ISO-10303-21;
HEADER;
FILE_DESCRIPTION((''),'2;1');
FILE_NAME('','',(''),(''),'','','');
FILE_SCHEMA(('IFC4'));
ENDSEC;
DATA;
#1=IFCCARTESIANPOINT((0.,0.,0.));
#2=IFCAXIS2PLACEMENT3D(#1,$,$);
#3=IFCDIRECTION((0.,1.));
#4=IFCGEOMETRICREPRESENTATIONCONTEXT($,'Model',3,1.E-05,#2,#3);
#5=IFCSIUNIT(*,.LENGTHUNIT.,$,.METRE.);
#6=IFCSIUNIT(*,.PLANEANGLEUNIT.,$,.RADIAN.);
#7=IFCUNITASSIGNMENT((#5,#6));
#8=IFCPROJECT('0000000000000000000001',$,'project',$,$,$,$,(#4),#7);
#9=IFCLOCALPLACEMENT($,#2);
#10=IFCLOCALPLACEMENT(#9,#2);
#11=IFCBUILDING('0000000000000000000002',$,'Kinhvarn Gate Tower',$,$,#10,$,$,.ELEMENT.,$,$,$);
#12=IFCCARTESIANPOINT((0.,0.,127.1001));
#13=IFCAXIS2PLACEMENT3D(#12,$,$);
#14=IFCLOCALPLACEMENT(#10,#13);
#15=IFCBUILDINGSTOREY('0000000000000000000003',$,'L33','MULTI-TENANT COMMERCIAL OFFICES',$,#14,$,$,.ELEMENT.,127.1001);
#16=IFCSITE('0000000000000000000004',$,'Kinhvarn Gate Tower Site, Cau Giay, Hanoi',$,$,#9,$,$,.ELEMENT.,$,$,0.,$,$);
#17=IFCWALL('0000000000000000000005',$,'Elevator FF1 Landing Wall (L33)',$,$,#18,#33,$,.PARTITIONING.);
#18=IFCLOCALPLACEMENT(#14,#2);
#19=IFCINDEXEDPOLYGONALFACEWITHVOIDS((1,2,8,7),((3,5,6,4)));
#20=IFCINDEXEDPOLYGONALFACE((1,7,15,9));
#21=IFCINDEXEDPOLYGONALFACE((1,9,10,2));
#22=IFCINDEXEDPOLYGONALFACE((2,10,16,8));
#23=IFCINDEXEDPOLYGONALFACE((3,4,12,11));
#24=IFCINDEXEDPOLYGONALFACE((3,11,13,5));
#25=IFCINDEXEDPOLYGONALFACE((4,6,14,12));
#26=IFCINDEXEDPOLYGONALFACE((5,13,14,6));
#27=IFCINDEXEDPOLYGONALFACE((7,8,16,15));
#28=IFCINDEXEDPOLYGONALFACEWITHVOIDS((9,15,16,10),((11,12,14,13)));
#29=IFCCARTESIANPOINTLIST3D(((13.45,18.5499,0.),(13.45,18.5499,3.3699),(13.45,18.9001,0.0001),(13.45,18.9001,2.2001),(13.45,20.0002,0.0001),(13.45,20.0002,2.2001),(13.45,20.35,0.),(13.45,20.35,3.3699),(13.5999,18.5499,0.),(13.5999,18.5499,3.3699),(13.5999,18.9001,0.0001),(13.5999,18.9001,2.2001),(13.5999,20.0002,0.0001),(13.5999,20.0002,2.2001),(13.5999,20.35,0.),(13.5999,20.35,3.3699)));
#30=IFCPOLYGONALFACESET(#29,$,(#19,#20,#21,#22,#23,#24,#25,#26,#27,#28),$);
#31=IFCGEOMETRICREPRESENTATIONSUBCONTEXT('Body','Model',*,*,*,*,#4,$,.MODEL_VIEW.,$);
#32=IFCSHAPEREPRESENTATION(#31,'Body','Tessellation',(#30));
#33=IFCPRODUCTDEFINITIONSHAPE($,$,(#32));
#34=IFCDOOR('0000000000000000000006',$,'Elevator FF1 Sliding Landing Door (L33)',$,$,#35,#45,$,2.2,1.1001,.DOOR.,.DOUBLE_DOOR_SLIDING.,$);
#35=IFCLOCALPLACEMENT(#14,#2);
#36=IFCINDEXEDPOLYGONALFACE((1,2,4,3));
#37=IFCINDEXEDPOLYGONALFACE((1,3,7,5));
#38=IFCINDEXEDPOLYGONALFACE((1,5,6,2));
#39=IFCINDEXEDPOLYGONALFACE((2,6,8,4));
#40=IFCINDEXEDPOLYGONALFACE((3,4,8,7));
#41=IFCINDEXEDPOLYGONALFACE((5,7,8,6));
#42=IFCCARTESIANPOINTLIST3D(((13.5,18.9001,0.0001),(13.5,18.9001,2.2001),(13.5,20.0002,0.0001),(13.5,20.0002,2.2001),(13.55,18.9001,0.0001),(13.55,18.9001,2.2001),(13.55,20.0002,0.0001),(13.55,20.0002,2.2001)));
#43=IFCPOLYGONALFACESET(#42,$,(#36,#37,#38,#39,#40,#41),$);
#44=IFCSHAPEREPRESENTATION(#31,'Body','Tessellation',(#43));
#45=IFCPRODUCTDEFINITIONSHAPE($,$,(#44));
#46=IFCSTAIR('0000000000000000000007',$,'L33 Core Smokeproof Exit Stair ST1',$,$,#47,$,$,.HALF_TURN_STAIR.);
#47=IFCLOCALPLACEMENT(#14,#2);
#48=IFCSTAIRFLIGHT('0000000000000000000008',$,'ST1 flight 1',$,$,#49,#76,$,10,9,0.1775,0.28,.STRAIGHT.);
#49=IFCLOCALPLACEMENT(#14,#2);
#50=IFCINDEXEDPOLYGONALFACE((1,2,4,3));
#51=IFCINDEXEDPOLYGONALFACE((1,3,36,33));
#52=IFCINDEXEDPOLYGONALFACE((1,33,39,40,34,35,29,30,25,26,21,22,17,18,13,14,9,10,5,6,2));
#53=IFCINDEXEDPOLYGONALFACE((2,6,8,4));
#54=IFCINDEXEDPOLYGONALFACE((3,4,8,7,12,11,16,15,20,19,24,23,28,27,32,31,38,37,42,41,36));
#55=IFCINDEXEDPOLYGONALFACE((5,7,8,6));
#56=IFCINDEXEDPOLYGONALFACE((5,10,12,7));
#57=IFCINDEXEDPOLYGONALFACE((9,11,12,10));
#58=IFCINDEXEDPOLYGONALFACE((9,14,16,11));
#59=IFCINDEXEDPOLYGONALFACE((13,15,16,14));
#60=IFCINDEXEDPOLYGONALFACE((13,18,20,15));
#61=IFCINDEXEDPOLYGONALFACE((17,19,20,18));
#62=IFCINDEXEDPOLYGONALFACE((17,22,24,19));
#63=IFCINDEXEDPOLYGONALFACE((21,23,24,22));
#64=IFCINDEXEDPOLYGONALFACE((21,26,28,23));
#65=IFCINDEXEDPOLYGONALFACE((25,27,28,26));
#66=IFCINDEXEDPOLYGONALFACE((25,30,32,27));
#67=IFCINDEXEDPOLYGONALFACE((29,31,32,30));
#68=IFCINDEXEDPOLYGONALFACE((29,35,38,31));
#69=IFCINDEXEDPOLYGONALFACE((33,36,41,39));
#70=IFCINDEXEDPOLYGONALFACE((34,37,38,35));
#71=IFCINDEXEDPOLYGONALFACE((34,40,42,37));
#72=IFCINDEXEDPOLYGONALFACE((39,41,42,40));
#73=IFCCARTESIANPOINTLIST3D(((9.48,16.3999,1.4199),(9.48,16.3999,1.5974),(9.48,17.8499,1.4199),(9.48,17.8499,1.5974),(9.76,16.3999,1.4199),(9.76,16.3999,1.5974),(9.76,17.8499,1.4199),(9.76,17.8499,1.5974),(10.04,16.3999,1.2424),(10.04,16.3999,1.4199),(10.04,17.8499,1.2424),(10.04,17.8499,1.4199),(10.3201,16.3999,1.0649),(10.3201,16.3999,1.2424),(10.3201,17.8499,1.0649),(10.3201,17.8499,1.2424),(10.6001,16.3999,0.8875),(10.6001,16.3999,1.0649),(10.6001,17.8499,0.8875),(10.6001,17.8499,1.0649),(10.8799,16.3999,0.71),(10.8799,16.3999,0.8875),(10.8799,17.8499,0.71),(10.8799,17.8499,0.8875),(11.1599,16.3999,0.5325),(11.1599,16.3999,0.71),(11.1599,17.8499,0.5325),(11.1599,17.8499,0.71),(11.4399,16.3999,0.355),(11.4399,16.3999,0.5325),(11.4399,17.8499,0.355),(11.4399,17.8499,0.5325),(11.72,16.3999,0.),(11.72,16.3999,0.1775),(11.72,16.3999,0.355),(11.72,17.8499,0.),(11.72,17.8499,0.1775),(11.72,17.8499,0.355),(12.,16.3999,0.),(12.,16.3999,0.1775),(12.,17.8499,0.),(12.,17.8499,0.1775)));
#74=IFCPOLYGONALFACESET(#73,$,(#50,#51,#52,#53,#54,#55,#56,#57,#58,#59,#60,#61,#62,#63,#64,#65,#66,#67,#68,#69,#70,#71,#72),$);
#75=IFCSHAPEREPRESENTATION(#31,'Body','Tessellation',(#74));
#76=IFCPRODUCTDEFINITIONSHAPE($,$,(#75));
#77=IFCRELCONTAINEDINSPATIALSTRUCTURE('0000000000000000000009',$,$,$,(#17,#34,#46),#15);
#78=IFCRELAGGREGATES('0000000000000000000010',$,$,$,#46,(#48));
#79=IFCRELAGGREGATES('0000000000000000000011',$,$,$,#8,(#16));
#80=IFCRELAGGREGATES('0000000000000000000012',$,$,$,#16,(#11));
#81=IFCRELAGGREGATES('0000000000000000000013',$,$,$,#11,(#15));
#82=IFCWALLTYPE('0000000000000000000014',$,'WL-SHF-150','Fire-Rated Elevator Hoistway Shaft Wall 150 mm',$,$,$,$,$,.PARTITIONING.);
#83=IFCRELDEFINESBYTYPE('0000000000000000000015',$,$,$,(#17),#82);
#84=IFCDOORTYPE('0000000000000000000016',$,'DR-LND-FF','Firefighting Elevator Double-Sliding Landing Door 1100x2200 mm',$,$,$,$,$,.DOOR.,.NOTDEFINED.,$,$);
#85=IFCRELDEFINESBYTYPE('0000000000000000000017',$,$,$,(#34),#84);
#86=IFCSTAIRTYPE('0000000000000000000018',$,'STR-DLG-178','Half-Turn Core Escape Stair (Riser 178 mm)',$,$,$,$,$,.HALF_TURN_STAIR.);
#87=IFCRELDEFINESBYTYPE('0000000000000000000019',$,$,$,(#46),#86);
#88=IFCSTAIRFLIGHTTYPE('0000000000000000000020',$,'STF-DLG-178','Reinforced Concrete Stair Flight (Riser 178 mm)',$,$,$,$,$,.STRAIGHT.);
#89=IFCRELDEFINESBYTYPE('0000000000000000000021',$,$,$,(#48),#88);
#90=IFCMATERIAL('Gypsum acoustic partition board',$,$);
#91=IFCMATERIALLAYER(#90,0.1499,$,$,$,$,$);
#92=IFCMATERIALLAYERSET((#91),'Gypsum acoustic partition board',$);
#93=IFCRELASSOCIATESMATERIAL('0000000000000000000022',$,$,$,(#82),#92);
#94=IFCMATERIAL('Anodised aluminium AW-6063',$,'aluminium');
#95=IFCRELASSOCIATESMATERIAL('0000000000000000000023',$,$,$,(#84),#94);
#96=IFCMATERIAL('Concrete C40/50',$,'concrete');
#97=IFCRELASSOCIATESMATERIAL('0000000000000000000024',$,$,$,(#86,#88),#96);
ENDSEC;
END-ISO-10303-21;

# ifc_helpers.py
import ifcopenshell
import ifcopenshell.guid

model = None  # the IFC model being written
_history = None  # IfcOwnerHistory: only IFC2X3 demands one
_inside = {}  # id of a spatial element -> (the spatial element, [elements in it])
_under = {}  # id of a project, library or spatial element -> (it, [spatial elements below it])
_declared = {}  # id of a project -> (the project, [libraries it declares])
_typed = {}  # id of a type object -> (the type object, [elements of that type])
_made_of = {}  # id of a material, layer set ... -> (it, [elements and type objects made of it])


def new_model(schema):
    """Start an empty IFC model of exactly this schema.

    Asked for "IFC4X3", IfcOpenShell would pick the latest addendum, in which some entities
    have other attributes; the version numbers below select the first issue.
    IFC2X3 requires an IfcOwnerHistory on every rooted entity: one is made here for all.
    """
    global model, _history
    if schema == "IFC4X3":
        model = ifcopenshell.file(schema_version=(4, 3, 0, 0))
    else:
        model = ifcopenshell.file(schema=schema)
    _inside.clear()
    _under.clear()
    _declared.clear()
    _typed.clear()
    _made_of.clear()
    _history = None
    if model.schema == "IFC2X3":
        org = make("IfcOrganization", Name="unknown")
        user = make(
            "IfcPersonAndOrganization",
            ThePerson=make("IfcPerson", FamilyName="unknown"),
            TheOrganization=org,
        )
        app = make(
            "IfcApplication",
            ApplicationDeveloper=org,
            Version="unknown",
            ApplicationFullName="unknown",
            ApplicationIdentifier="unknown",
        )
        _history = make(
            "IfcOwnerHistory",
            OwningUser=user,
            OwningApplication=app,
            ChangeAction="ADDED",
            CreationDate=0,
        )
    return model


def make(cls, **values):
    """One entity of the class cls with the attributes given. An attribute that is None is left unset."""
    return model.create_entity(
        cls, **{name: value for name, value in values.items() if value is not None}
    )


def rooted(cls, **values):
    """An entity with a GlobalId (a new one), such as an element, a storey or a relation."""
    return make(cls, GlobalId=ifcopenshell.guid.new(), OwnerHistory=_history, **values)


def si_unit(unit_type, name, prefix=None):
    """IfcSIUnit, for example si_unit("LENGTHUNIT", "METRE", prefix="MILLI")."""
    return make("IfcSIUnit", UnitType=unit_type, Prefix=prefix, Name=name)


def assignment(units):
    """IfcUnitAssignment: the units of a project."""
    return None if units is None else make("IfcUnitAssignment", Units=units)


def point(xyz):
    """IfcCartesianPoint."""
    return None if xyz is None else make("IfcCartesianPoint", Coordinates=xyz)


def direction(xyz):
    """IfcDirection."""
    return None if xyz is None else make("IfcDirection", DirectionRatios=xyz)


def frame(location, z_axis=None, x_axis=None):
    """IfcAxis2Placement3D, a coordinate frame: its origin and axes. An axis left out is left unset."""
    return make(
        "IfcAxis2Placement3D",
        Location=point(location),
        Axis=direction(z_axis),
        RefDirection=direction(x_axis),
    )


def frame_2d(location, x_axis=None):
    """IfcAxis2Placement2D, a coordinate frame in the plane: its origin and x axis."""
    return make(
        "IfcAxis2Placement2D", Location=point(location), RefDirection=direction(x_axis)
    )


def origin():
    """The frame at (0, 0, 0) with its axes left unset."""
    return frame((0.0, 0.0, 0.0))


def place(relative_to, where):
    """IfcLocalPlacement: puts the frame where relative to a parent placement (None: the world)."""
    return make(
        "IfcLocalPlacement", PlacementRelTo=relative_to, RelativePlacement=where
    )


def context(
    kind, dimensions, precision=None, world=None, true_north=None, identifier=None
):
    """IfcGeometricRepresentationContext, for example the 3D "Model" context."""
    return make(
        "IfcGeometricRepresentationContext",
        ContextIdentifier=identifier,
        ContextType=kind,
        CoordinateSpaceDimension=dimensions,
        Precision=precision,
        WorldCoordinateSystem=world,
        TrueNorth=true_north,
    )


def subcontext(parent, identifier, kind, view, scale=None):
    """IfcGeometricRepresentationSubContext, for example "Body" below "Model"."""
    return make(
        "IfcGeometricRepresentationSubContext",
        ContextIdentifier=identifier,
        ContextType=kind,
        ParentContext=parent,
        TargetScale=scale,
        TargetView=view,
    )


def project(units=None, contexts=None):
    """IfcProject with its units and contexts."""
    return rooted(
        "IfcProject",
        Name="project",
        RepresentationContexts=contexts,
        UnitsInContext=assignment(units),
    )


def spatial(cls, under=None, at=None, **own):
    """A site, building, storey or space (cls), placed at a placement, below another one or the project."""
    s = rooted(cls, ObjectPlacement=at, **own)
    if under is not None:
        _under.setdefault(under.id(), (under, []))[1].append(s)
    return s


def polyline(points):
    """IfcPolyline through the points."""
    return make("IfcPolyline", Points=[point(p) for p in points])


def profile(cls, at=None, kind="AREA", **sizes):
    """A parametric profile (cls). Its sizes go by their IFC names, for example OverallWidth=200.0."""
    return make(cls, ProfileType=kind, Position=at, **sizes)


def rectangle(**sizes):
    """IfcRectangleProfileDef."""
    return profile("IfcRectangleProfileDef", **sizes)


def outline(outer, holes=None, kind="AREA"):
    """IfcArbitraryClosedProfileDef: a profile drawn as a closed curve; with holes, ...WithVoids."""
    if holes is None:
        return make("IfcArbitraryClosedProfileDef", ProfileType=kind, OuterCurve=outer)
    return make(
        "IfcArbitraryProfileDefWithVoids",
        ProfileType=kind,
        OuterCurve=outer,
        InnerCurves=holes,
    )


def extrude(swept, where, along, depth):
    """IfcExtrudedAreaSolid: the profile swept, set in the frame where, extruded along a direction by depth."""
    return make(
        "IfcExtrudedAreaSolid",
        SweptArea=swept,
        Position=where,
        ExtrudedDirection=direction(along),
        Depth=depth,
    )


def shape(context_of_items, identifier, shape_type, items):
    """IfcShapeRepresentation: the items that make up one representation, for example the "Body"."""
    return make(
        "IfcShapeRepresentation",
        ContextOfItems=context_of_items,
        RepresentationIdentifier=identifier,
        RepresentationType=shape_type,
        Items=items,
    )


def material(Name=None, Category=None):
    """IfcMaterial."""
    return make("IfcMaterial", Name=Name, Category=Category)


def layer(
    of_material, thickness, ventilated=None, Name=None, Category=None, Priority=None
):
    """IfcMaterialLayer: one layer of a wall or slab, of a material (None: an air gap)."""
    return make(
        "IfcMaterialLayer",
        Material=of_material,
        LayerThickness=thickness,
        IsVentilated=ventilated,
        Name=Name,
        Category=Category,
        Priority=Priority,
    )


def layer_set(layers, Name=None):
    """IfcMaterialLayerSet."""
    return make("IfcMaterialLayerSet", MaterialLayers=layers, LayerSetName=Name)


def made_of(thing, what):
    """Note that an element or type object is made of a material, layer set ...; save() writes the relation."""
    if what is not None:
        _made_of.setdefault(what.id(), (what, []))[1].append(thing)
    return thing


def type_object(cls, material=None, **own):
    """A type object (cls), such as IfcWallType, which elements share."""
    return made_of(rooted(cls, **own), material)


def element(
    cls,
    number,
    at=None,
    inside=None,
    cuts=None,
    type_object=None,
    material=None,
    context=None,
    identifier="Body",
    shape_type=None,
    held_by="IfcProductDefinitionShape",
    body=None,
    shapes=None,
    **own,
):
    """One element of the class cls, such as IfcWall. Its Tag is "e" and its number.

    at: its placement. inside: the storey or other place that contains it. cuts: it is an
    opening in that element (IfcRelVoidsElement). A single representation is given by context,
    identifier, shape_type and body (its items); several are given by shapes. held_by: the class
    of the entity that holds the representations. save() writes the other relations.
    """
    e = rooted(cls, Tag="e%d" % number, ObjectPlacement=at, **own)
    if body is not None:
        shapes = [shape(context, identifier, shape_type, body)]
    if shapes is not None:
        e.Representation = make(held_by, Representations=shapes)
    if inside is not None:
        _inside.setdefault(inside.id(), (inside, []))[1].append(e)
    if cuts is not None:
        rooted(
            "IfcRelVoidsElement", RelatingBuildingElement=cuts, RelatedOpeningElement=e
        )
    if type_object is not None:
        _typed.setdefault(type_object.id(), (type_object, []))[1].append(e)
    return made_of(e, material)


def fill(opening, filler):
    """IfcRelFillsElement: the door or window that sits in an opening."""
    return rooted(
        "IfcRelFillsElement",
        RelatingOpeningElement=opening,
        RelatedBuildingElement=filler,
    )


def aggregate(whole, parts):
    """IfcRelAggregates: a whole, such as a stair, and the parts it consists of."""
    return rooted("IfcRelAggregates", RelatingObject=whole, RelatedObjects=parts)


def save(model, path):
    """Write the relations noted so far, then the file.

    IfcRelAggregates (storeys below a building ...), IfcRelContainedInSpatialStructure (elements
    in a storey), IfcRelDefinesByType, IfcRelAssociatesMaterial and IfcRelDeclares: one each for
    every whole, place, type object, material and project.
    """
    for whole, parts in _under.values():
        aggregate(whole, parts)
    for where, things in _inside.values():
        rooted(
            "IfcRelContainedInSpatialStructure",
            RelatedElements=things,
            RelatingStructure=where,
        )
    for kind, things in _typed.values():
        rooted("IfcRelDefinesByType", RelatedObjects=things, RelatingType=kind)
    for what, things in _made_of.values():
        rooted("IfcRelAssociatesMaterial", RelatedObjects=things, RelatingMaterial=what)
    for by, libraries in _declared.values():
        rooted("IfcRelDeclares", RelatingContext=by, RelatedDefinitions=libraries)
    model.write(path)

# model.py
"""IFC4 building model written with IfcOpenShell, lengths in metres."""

from ifc_helpers import new_model, si_unit, direction, frame, frame_2d, origin, place, context, subcontext, project, spatial, polyline, rectangle, outline, extrude, material, layer, layer_set, type_object, element, fill, aggregate, save


model = new_model("IFC4")

# Units and contexts
model_context = context("Model", 3, precision=1e-05, world=origin(), true_north=direction((0.0, 1.0)))
body_context = subcontext(model_context, "Body", "Model", "MODEL_VIEW")
ifc_project = project(units=[si_unit("LENGTHUNIT", "METRE"), si_unit("PLANEANGLEUNIT", "RADIAN")], contexts=[model_context])

# Site, building, storey
site_placement = place(None, origin())
site = spatial("IfcSite", under=ifc_project, at=site_placement, Name="Kinhvarn Gate Tower Site, Cau Giay, Hanoi", CompositionType="ELEMENT", RefElevation=0.0)
building_placement = place(site_placement, origin())
building = spatial("IfcBuilding", under=site, at=building_placement, Name="Kinhvarn Gate Tower", CompositionType="ELEMENT")
storey_placement = place(building_placement, frame((0.0, 0.0, 127.1001)))
storey = spatial("IfcBuildingStorey", under=building, at=storey_placement, Name="L33", Description="MULTI-TENANT COMMERCIAL OFFICES", CompositionType="ELEMENT", Elevation=127.1001)

# Shared definitions
ifc_material_1 = material(Name="Anodised aluminium AW-6063", Category="aluminium")

# Shared definitions
ifc_material_2 = material(Name="Gypsum acoustic partition board")

# Wall, opening, door
ifc_layer_1 = layer(ifc_material_2, 0.1499)
ifc_layer_set_1 = layer_set([ifc_layer_1], Name="Gypsum acoustic partition board")
wall_type_1 = type_object("IfcWallType", Name="WL-SHF-150", Description="Fire-Rated Elevator Hoistway Shaft Wall 150 mm", PredefinedType="PARTITIONING", material=ifc_layer_set_1)
wall_1_placement = place(storey_placement, frame((13.5249, 18.55, 0.0), z_axis=(0.0, 0.0, 1.0), x_axis=(0.0, 1.0, 0.0)))
wall_1 = element("IfcWall", 1, at=wall_1_placement, inside=storey, type_object=wall_type_1, Name="Elevator FF1 Landing Wall (L33)", PredefinedType="PARTITIONING", context=body_context, shape_type="SweptSolid", body=[
    extrude(rectangle(XDim=1.8, YDim=0.1499, at=frame_2d((0.8999, 0.0))), origin(), (0.0, 0.0, 1.0), 3.3699),
])
opening_1_placement = place(wall_1_placement, frame((0.3501, 0.0, 0.0)))
opening_1 = element("IfcOpeningElement", 2, at=opening_1_placement, cuts=wall_1, PredefinedType="OPENING", context=body_context, shape_type="SweptSolid", body=[
    extrude(rectangle(XDim=1.1001, YDim=2.2, at=frame_2d((0.55, 1.1001))), frame((0.0, 0.085, 0.0), z_axis=(0.0, -1.0, 0.0), x_axis=(1.0, 0.0, 0.0)), (0.0, 0.0, 1.0), 0.1699),
])
door_type_1 = type_object("IfcDoorType", Name="DR-LND-FF", Description="Firefighting Elevator Double-Sliding Landing Door 1100x2200 mm", OperationType="NOTDEFINED", PredefinedType="DOOR", material=ifc_material_1)
door_1_placement = place(opening_1_placement, origin())
door_1 = element("IfcDoor", 3, at=door_1_placement, inside=storey, type_object=door_type_1, Name="Elevator FF1 Sliding Landing Door (L33)", OperationType="DOUBLE_DOOR_SLIDING", OverallHeight=2.2, OverallWidth=1.1001, PredefinedType="DOOR", context=body_context, shape_type="SweptSolid", body=[
    extrude(rectangle(XDim=1.1001, YDim=2.2, at=frame_2d((0.55, 1.1001))), frame((0.0, 0.0249, 0.0), z_axis=(0.0, -1.0, 0.0), x_axis=(1.0, 0.0, 0.0)), (0.0, 0.0, 1.0), 0.05),
])
fill(opening_1, door_1)
ifc_material_3 = material(Name="Concrete C40/50", Category="concrete")

# Stair, stair flight
stair_type = type_object("IfcStairType", Name="STR-DLG-178", Description="Half-Turn Core Escape Stair (Riser 178 mm)", PredefinedType="HALF_TURN_STAIR", material=ifc_material_3)
stair_placement = place(storey_placement, origin())
stair = element("IfcStair", 4, at=stair_placement, inside=storey, type_object=stair_type, Name="L33 Core Smokeproof Exit Stair ST1", PredefinedType="HALF_TURN_STAIR")
stair_flight_type = type_object("IfcStairFlightType", Name="STF-DLG-178", Description="Reinforced Concrete Stair Flight (Riser 178 mm)", PredefinedType="STRAIGHT", material=ifc_material_3)
stair_flight_placement = place(storey_placement, frame((12.0, 17.125, 0.0), z_axis=(0.0, 0.0, 1.0), x_axis=(-1.0, 0.0, 0.0)))
stair_flight = element("IfcStairFlight", 5, at=stair_flight_placement, type_object=stair_flight_type, Name="ST1 flight 1", NumberOfRisers=10, NumberOfTreads=9, PredefinedType="STRAIGHT", RiserHeight=0.1775, TreadLength=0.28, context=body_context, shape_type="SweptSolid", body=[
    extrude(outline(polyline([(0.0, 0.0), (0.0, 0.1775), (0.28, 0.1775), (0.28, 0.355), (0.5601, 0.355), (0.5601, 0.5325), (0.8401, 0.5325), (0.8401, 0.71), (1.1201, 0.71), (1.1201, 0.8875), (1.3999, 0.8875), (1.3999, 1.0649), (1.6799, 1.0649), (1.6799, 1.2424), (1.96, 1.2424), (1.96, 1.4199), (2.24, 1.4199), (2.24, 1.5974), (2.52, 1.5974), (2.52, 1.7749), (2.52, 1.4199), (0.28, 0.0), (0.0, 0.0)])), frame((0.0, 0.7251, 0.0), z_axis=(0.0, -1.0, 0.0), x_axis=(1.0, 0.0, 0.0)), (0.0, 0.0, 1.0), 1.45),
])
aggregate(stair, [stair_flight])

save(model, "model.ifc")
